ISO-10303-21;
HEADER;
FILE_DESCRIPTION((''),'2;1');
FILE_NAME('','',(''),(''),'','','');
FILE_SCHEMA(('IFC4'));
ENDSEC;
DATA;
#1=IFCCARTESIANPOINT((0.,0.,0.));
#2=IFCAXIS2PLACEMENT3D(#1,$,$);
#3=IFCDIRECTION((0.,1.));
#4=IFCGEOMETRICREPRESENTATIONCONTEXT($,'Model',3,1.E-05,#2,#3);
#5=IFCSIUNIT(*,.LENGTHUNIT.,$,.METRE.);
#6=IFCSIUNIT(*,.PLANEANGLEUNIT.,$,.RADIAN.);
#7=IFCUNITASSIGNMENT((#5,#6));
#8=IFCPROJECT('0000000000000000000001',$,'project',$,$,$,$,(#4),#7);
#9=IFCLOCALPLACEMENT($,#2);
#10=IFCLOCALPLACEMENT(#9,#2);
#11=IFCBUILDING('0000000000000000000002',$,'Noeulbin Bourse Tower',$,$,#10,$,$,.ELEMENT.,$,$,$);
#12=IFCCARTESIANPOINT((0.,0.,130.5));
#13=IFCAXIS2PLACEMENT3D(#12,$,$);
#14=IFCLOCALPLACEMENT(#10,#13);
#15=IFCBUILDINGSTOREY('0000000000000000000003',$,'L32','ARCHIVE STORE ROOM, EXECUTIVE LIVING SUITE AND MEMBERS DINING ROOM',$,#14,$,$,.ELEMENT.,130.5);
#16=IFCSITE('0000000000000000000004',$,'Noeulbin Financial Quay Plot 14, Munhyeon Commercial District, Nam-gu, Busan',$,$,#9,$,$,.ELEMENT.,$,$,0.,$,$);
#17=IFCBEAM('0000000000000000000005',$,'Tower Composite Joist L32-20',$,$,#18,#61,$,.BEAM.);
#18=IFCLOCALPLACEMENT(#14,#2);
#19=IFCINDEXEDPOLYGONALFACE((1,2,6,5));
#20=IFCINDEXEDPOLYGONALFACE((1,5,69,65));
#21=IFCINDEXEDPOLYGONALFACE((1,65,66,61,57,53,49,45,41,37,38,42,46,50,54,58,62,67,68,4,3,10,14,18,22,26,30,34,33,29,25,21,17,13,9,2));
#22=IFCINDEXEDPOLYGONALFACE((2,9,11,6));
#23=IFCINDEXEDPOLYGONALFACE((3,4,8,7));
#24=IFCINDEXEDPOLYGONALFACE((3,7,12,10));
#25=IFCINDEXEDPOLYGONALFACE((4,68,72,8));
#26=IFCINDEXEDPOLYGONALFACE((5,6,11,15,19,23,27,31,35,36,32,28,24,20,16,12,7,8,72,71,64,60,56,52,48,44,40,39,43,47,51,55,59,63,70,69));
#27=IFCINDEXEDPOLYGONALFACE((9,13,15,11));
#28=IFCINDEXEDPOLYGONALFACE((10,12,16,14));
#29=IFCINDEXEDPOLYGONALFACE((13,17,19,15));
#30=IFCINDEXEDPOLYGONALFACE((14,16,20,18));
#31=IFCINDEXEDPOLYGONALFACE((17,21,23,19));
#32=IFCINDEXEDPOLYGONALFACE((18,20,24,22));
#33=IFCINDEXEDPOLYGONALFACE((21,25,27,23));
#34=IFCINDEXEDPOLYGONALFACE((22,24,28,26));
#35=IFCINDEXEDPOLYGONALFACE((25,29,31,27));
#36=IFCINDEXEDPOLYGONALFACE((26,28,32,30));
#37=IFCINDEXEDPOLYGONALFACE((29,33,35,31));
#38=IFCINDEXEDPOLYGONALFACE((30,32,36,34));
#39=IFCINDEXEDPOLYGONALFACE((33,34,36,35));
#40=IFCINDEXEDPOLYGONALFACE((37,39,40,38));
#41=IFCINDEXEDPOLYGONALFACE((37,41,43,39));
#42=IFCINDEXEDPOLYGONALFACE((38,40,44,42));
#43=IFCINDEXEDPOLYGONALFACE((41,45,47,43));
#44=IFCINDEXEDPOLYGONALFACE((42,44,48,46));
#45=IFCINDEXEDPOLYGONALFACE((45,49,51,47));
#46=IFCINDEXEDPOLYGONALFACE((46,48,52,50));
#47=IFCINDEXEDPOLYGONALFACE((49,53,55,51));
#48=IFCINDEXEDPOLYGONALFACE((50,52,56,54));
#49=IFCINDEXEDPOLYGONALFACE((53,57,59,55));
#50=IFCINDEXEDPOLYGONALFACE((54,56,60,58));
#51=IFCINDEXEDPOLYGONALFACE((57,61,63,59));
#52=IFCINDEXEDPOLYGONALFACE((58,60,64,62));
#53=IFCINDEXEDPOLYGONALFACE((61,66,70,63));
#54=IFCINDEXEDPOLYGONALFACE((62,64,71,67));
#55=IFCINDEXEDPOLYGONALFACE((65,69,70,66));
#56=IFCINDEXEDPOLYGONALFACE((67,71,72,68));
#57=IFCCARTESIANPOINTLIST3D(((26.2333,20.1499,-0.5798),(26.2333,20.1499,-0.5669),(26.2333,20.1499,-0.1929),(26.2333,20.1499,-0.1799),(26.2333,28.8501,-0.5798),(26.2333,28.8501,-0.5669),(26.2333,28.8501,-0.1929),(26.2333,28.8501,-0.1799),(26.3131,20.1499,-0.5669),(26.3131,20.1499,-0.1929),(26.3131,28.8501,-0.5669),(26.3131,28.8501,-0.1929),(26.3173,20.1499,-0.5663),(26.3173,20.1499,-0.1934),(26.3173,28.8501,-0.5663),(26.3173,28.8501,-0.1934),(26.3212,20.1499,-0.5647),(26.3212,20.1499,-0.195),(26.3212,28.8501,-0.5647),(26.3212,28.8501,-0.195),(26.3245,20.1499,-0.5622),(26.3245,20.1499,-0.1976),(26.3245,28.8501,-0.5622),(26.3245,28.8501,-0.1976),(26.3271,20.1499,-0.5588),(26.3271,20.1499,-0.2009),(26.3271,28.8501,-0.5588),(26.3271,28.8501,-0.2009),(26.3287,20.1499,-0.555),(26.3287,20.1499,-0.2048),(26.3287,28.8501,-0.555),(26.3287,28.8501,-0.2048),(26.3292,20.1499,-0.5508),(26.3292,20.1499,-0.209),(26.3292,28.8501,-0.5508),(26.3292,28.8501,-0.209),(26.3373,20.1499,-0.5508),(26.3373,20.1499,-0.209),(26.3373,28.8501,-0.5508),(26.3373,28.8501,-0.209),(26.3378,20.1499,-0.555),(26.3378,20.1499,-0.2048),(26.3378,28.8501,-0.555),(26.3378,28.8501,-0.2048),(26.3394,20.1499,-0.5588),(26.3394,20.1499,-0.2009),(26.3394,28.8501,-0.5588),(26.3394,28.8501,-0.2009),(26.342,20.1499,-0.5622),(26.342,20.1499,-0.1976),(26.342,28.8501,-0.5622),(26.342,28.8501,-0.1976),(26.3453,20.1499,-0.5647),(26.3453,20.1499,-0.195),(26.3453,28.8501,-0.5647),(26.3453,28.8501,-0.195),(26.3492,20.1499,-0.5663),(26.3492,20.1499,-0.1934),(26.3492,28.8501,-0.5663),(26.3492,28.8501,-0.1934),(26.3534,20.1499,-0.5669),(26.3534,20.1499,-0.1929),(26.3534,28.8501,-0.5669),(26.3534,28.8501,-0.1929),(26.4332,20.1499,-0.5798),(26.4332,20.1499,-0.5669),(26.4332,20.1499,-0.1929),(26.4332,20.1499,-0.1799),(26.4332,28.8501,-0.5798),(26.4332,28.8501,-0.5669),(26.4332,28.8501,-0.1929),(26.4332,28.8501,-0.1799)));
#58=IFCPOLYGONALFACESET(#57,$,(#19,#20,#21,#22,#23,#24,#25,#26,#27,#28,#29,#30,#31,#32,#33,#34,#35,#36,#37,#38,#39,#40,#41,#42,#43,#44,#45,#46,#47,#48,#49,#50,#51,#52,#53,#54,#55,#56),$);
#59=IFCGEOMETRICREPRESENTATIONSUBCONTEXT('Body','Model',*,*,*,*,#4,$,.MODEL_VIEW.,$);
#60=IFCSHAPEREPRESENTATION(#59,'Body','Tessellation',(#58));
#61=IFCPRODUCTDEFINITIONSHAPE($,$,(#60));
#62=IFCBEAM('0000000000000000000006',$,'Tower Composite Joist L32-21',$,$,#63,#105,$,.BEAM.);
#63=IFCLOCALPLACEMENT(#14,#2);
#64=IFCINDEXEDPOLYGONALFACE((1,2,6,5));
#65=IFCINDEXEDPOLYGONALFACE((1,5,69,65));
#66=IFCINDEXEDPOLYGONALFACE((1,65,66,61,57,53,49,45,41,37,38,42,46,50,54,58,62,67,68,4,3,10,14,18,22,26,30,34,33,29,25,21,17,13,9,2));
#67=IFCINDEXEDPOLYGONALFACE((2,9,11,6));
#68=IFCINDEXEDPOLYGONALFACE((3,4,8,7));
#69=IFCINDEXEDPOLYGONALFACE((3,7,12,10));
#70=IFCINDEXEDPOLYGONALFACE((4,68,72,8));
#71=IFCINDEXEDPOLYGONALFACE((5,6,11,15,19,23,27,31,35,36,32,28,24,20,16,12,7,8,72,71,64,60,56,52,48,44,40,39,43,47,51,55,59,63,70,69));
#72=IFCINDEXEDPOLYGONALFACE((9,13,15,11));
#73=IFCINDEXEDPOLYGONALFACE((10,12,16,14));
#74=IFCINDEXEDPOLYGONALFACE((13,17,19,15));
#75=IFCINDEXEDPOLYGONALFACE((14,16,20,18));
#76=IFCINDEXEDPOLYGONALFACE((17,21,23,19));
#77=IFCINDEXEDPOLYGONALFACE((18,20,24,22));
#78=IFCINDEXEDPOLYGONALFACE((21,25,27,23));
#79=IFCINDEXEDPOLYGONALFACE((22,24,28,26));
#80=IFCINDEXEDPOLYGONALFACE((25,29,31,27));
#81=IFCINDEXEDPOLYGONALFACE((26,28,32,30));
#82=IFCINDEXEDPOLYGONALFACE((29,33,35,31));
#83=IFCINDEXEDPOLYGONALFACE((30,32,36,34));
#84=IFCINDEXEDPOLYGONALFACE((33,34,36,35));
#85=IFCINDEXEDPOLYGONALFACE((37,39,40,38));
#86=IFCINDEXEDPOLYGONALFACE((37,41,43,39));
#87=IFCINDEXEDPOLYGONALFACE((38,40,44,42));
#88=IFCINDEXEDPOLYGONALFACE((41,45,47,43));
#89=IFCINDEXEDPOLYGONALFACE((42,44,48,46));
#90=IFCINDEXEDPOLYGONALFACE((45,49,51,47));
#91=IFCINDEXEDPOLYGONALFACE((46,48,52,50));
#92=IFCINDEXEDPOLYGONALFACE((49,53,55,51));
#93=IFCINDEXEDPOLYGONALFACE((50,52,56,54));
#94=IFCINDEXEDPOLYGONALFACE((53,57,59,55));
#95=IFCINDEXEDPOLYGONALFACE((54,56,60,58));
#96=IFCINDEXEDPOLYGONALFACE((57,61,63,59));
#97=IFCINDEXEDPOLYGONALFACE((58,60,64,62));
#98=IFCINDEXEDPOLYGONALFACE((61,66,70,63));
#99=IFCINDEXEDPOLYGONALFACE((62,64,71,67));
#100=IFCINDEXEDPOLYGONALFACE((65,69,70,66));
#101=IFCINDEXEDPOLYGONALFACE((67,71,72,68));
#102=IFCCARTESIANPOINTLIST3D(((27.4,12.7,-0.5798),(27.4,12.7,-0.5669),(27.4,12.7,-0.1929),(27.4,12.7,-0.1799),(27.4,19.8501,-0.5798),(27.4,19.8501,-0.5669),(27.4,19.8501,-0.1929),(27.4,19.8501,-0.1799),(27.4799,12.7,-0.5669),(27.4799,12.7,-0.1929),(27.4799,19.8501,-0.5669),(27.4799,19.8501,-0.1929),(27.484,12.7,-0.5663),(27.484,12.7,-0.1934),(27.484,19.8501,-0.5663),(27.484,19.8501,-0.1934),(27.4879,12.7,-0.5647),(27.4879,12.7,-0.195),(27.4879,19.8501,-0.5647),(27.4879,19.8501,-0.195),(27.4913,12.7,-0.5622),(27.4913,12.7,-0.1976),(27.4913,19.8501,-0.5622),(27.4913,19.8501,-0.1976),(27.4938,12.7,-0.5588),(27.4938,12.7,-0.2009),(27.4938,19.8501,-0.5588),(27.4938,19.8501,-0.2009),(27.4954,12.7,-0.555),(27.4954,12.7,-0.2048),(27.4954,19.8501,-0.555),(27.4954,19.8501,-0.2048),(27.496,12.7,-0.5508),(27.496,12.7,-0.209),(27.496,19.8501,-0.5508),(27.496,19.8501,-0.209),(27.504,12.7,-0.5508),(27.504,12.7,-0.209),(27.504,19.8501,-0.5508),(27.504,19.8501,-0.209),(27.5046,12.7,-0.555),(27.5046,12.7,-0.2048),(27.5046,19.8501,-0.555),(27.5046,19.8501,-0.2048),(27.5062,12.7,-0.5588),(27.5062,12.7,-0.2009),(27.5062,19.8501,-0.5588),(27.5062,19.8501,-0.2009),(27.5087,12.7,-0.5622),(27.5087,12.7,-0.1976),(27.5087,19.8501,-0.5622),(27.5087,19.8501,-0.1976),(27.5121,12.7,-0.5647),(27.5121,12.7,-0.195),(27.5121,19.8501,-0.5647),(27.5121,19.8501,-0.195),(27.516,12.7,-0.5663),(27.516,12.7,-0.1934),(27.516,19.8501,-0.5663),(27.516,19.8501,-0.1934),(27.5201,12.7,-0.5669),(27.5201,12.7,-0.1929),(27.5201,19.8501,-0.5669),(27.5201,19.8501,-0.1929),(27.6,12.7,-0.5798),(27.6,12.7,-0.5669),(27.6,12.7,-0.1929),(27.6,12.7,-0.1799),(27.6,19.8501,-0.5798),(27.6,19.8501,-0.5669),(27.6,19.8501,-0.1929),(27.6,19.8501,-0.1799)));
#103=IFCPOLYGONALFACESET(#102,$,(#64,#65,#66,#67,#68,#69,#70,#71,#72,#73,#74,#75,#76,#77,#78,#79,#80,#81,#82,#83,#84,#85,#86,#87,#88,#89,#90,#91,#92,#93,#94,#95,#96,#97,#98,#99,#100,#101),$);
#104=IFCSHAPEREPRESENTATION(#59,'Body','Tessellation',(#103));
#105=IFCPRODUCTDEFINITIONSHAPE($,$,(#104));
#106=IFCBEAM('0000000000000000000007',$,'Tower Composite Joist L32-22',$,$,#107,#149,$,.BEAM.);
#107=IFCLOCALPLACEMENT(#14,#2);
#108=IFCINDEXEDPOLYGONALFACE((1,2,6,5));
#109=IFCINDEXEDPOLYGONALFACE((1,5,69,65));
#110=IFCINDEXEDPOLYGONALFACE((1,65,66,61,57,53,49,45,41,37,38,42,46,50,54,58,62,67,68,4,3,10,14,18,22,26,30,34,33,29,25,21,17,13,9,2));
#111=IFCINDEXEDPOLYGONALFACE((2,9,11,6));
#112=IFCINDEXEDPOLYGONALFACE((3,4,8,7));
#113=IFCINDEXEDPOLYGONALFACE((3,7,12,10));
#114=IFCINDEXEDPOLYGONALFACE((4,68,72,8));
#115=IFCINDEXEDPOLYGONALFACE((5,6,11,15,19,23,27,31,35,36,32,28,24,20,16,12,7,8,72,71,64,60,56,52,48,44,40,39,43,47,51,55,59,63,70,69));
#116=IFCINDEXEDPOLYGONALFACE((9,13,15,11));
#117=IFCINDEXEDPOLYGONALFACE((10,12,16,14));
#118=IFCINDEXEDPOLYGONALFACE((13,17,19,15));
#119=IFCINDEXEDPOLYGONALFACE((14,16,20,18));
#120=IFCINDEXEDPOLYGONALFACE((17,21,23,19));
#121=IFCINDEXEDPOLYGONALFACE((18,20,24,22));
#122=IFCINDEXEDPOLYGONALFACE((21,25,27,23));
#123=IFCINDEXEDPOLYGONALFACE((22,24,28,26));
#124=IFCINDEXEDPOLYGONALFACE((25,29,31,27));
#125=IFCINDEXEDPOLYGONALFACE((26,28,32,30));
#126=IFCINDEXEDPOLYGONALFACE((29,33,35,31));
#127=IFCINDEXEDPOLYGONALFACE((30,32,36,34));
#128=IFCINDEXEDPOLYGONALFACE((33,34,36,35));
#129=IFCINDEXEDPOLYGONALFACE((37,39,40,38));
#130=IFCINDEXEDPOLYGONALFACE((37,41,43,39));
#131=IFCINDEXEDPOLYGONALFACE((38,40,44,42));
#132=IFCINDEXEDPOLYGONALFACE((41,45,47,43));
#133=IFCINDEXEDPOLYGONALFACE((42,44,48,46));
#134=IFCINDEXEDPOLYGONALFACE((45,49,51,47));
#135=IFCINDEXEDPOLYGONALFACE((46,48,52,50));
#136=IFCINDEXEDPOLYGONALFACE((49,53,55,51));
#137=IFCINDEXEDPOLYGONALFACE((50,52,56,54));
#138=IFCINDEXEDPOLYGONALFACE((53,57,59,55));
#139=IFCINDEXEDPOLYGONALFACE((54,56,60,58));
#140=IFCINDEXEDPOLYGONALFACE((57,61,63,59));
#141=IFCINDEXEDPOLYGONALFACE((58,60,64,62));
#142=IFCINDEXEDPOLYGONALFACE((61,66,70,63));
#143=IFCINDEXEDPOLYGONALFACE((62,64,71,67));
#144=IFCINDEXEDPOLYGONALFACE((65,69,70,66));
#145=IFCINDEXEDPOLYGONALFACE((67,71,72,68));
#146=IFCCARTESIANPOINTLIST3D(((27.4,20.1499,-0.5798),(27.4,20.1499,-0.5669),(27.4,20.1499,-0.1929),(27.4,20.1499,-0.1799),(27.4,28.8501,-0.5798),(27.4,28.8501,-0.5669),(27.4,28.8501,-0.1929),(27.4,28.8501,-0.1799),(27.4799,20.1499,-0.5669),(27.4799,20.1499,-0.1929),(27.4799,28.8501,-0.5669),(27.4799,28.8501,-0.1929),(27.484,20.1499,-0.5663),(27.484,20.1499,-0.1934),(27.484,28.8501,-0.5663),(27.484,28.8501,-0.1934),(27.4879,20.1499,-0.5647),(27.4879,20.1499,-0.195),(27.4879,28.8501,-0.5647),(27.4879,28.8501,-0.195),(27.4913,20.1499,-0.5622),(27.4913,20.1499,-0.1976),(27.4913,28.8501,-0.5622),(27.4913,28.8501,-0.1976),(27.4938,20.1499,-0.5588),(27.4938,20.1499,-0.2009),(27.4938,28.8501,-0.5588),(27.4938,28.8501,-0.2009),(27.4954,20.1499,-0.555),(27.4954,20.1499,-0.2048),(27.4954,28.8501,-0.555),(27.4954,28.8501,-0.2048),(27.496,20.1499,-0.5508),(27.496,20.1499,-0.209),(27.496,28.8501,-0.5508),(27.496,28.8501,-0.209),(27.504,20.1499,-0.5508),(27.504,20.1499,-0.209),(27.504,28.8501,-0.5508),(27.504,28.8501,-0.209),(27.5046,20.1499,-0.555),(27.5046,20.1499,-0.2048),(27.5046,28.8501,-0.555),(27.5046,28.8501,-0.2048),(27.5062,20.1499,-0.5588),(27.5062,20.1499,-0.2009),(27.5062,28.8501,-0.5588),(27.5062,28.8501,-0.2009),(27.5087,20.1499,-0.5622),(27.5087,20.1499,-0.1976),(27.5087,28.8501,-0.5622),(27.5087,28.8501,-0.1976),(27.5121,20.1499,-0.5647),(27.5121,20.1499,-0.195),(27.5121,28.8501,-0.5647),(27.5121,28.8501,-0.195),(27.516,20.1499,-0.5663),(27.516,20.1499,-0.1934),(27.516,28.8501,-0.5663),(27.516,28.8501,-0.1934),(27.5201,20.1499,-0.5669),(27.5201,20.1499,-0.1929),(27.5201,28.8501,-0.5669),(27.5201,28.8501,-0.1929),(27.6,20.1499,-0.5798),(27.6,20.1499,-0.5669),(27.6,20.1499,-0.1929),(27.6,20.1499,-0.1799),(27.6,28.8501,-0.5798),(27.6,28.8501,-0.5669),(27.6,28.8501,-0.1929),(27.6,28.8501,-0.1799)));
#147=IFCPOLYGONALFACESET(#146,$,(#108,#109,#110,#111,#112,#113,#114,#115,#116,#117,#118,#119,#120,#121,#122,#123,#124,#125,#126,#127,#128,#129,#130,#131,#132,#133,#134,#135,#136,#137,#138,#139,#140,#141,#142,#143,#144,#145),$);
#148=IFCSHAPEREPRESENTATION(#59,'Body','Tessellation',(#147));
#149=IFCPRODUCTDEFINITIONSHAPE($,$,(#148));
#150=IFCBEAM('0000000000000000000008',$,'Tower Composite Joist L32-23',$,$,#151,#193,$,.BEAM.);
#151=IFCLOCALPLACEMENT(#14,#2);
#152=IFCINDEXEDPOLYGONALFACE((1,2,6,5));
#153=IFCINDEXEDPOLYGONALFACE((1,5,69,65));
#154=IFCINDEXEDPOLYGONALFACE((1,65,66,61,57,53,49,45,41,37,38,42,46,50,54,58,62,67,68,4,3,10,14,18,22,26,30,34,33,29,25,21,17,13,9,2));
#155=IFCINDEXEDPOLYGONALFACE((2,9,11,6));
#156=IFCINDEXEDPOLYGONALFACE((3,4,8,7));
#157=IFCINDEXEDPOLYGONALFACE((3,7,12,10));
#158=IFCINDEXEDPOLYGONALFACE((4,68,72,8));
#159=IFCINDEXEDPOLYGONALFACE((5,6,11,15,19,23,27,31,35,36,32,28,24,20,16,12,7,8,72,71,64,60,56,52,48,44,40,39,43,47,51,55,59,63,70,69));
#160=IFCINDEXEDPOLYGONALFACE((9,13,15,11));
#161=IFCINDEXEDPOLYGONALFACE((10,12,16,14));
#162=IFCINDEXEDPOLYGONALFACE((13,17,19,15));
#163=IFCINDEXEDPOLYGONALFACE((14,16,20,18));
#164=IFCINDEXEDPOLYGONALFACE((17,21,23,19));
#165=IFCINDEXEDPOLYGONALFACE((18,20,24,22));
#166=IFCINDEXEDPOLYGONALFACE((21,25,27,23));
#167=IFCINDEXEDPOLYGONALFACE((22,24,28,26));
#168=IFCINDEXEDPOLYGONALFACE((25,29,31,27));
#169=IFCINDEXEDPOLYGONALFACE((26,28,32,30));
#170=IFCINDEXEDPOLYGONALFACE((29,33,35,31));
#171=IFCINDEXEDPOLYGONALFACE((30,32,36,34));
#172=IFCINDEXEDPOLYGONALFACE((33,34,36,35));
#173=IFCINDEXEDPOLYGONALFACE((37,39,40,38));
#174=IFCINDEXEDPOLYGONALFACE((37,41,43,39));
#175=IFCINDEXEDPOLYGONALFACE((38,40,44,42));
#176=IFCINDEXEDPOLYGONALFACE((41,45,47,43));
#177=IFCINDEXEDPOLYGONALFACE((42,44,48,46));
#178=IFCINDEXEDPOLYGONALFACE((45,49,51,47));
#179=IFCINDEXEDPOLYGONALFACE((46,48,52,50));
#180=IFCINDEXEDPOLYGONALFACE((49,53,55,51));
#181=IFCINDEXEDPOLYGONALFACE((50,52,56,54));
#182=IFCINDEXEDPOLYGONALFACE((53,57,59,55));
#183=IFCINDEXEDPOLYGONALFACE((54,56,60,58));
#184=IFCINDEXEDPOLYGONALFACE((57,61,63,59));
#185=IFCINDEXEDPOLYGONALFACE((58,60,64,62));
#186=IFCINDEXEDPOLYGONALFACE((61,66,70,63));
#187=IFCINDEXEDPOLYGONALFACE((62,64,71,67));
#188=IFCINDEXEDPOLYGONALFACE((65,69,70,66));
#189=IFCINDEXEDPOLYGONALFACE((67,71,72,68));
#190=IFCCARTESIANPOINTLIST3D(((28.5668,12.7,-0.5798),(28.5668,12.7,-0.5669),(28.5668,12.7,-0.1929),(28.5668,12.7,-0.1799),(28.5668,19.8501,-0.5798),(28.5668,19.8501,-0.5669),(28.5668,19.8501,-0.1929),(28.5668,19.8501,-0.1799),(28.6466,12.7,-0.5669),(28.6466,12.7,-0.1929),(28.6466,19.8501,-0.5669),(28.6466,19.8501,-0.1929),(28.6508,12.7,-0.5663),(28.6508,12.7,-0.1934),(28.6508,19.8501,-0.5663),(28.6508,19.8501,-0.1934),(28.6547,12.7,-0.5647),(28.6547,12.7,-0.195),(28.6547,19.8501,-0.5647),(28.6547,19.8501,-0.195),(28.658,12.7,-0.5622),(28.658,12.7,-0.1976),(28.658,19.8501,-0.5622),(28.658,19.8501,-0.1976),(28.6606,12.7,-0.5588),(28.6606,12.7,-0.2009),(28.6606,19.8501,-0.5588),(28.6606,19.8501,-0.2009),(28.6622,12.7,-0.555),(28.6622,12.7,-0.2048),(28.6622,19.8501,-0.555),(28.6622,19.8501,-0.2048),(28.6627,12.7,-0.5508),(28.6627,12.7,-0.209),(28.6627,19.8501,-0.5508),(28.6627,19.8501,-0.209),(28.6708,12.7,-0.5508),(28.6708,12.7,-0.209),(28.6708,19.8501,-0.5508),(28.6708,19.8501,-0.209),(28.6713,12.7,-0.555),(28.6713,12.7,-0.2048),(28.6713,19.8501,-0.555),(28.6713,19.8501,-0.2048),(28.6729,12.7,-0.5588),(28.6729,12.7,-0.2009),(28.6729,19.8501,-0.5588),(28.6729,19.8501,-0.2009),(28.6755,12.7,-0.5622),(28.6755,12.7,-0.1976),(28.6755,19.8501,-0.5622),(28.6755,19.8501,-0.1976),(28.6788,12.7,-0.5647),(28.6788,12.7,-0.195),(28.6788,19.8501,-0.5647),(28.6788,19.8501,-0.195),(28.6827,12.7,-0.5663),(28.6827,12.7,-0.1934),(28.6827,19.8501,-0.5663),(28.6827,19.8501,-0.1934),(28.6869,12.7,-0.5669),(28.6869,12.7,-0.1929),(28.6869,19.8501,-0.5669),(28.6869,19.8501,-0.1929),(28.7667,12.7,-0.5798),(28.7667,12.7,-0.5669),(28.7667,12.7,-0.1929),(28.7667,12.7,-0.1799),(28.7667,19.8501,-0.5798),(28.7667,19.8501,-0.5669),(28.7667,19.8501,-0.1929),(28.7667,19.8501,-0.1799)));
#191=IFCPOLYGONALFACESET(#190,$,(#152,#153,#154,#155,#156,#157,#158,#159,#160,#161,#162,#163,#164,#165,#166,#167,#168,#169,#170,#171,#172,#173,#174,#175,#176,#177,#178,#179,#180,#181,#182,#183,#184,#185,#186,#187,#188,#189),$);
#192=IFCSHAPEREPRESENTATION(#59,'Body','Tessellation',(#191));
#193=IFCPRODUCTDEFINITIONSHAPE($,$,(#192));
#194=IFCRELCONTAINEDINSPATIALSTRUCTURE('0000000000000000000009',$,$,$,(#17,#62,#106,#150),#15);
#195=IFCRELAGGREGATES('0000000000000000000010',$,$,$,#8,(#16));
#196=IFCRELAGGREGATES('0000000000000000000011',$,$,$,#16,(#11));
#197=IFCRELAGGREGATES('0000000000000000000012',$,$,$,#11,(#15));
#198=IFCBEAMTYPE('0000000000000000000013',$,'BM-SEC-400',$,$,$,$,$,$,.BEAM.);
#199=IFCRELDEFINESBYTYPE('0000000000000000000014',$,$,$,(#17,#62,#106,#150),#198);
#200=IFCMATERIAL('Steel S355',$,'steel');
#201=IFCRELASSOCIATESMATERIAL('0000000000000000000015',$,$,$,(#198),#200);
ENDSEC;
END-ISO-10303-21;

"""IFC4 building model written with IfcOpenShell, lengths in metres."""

from ifc_helpers import new_model, si_unit, direction, frame, origin, origin_2d, place, context, subcontext, project, spatial, i_section, extrude, material, material_profile, profile_set, type_object, element, save


model = new_model("IFC4")

# Units and contexts
model_context = context("Model", 3, precision=1e-05, world=origin(), true_north=direction((0.0, 1.0)))
body_context = subcontext(model_context, "Body", "Model", "MODEL_VIEW")
ifc_project = project(units=[si_unit("LENGTHUNIT", "METRE"), si_unit("PLANEANGLEUNIT", "RADIAN")], contexts=[model_context])

# Site, building, storey
site_placement = place(None, origin())
site = spatial("IfcSite", under=ifc_project, at=site_placement, Name="Noeulbin Financial Quay Plot 14, Munhyeon Commercial District, Nam-gu, Busan", CompositionType="ELEMENT", RefElevation=0.0)
building_placement = place(site_placement, origin())
building = spatial("IfcBuilding", under=site, at=building_placement, Name="Noeulbin Bourse Tower", CompositionType="ELEMENT")
storey_placement = place(building_placement, frame((0.0, 0.0, 130.5)))
storey = spatial("IfcBuildingStorey", under=building, at=storey_placement, Name="L32", Description="ARCHIVE STORE ROOM, EXECUTIVE LIVING SUITE AND MEMBERS DINING ROOM", CompositionType="ELEMENT", Elevation=130.5)

# Shared definitions
ifc_material_1 = material(Name="Steel S355", Category="steel")

# Beams
ifc_material_profile_1 = material_profile(ifc_material_1, i_section(OverallWidth=0.2, OverallDepth=0.3999, WebThickness=0.0081, FlangeThickness=0.0129, FilletRadius=0.0161, at=origin_2d()), Name="H-400x200x8x13", Category="LoadBearing")
ifc_profile_set_1 = profile_set([ifc_material_profile_1], Name="Steel S355")
beam_type_1 = type_object("IfcBeamType", Name="BM-SEC-400", PredefinedType="BEAM", material=ifc_profile_set_1)
beam_1_placement = place(storey_placement, frame((26.3333, 20.1499, -0.3799), z_axis=(0.0, 1.0, 0.0), x_axis=(-1.0, 0.0, 0.0)))
element("IfcBeam", 1, at=beam_1_placement, inside=storey, type_object=beam_type_1, Name="Tower Composite Joist L32-20", PredefinedType="BEAM", context=body_context, shape_type="SweptSolid", body=[
    extrude(i_section(OverallWidth=0.2, OverallDepth=0.3999, WebThickness=0.0081, FlangeThickness=0.0129, FilletRadius=0.0161, at=origin_2d()), origin(), (0.0, 0.0, 1.0), 8.7002),
])
beam_2_placement = place(storey_placement, frame((27.5, 12.7, -0.3799), z_axis=(0.0, 1.0, 0.0), x_axis=(-1.0, 0.0, 0.0)))
element("IfcBeam", 2, at=beam_2_placement, inside=storey, type_object=beam_type_1, Name="Tower Composite Joist L32-21", PredefinedType="BEAM", context=body_context, shape_type="SweptSolid", body=[
    extrude(i_section(OverallWidth=0.2, OverallDepth=0.3999, WebThickness=0.0081, FlangeThickness=0.0129, FilletRadius=0.0161, at=origin_2d()), origin(), (0.0, 0.0, 1.0), 7.1501),
])
beam_3_placement = place(storey_placement, frame((27.5, 20.1499, -0.3799), z_axis=(0.0, 1.0, 0.0), x_axis=(-1.0, 0.0, 0.0)))
element("IfcBeam", 3, at=beam_3_placement, inside=storey, type_object=beam_type_1, Name="Tower Composite Joist L32-22", PredefinedType="BEAM", context=body_context, shape_type="SweptSolid", body=[
    extrude(i_section(OverallWidth=0.2, OverallDepth=0.3999, WebThickness=0.0081, FlangeThickness=0.0129, FilletRadius=0.0161, at=origin_2d()), origin(), (0.0, 0.0, 1.0), 8.7002),
])
beam_4_placement = place(storey_placement, frame((28.6667, 12.7, -0.3799), z_axis=(0.0, 1.0, 0.0), x_axis=(-1.0, 0.0, 0.0)))
element("IfcBeam", 4, at=beam_4_placement, inside=storey, type_object=beam_type_1, Name="Tower Composite Joist L32-23", PredefinedType="BEAM", context=body_context, shape_type="SweptSolid", body=[
    extrude(i_section(OverallWidth=0.2, OverallDepth=0.3999, WebThickness=0.0081, FlangeThickness=0.0129, FilletRadius=0.0161, at=origin_2d()), origin(), (0.0, 0.0, 1.0), 7.1501),
])

save(model, "model.ifc")
